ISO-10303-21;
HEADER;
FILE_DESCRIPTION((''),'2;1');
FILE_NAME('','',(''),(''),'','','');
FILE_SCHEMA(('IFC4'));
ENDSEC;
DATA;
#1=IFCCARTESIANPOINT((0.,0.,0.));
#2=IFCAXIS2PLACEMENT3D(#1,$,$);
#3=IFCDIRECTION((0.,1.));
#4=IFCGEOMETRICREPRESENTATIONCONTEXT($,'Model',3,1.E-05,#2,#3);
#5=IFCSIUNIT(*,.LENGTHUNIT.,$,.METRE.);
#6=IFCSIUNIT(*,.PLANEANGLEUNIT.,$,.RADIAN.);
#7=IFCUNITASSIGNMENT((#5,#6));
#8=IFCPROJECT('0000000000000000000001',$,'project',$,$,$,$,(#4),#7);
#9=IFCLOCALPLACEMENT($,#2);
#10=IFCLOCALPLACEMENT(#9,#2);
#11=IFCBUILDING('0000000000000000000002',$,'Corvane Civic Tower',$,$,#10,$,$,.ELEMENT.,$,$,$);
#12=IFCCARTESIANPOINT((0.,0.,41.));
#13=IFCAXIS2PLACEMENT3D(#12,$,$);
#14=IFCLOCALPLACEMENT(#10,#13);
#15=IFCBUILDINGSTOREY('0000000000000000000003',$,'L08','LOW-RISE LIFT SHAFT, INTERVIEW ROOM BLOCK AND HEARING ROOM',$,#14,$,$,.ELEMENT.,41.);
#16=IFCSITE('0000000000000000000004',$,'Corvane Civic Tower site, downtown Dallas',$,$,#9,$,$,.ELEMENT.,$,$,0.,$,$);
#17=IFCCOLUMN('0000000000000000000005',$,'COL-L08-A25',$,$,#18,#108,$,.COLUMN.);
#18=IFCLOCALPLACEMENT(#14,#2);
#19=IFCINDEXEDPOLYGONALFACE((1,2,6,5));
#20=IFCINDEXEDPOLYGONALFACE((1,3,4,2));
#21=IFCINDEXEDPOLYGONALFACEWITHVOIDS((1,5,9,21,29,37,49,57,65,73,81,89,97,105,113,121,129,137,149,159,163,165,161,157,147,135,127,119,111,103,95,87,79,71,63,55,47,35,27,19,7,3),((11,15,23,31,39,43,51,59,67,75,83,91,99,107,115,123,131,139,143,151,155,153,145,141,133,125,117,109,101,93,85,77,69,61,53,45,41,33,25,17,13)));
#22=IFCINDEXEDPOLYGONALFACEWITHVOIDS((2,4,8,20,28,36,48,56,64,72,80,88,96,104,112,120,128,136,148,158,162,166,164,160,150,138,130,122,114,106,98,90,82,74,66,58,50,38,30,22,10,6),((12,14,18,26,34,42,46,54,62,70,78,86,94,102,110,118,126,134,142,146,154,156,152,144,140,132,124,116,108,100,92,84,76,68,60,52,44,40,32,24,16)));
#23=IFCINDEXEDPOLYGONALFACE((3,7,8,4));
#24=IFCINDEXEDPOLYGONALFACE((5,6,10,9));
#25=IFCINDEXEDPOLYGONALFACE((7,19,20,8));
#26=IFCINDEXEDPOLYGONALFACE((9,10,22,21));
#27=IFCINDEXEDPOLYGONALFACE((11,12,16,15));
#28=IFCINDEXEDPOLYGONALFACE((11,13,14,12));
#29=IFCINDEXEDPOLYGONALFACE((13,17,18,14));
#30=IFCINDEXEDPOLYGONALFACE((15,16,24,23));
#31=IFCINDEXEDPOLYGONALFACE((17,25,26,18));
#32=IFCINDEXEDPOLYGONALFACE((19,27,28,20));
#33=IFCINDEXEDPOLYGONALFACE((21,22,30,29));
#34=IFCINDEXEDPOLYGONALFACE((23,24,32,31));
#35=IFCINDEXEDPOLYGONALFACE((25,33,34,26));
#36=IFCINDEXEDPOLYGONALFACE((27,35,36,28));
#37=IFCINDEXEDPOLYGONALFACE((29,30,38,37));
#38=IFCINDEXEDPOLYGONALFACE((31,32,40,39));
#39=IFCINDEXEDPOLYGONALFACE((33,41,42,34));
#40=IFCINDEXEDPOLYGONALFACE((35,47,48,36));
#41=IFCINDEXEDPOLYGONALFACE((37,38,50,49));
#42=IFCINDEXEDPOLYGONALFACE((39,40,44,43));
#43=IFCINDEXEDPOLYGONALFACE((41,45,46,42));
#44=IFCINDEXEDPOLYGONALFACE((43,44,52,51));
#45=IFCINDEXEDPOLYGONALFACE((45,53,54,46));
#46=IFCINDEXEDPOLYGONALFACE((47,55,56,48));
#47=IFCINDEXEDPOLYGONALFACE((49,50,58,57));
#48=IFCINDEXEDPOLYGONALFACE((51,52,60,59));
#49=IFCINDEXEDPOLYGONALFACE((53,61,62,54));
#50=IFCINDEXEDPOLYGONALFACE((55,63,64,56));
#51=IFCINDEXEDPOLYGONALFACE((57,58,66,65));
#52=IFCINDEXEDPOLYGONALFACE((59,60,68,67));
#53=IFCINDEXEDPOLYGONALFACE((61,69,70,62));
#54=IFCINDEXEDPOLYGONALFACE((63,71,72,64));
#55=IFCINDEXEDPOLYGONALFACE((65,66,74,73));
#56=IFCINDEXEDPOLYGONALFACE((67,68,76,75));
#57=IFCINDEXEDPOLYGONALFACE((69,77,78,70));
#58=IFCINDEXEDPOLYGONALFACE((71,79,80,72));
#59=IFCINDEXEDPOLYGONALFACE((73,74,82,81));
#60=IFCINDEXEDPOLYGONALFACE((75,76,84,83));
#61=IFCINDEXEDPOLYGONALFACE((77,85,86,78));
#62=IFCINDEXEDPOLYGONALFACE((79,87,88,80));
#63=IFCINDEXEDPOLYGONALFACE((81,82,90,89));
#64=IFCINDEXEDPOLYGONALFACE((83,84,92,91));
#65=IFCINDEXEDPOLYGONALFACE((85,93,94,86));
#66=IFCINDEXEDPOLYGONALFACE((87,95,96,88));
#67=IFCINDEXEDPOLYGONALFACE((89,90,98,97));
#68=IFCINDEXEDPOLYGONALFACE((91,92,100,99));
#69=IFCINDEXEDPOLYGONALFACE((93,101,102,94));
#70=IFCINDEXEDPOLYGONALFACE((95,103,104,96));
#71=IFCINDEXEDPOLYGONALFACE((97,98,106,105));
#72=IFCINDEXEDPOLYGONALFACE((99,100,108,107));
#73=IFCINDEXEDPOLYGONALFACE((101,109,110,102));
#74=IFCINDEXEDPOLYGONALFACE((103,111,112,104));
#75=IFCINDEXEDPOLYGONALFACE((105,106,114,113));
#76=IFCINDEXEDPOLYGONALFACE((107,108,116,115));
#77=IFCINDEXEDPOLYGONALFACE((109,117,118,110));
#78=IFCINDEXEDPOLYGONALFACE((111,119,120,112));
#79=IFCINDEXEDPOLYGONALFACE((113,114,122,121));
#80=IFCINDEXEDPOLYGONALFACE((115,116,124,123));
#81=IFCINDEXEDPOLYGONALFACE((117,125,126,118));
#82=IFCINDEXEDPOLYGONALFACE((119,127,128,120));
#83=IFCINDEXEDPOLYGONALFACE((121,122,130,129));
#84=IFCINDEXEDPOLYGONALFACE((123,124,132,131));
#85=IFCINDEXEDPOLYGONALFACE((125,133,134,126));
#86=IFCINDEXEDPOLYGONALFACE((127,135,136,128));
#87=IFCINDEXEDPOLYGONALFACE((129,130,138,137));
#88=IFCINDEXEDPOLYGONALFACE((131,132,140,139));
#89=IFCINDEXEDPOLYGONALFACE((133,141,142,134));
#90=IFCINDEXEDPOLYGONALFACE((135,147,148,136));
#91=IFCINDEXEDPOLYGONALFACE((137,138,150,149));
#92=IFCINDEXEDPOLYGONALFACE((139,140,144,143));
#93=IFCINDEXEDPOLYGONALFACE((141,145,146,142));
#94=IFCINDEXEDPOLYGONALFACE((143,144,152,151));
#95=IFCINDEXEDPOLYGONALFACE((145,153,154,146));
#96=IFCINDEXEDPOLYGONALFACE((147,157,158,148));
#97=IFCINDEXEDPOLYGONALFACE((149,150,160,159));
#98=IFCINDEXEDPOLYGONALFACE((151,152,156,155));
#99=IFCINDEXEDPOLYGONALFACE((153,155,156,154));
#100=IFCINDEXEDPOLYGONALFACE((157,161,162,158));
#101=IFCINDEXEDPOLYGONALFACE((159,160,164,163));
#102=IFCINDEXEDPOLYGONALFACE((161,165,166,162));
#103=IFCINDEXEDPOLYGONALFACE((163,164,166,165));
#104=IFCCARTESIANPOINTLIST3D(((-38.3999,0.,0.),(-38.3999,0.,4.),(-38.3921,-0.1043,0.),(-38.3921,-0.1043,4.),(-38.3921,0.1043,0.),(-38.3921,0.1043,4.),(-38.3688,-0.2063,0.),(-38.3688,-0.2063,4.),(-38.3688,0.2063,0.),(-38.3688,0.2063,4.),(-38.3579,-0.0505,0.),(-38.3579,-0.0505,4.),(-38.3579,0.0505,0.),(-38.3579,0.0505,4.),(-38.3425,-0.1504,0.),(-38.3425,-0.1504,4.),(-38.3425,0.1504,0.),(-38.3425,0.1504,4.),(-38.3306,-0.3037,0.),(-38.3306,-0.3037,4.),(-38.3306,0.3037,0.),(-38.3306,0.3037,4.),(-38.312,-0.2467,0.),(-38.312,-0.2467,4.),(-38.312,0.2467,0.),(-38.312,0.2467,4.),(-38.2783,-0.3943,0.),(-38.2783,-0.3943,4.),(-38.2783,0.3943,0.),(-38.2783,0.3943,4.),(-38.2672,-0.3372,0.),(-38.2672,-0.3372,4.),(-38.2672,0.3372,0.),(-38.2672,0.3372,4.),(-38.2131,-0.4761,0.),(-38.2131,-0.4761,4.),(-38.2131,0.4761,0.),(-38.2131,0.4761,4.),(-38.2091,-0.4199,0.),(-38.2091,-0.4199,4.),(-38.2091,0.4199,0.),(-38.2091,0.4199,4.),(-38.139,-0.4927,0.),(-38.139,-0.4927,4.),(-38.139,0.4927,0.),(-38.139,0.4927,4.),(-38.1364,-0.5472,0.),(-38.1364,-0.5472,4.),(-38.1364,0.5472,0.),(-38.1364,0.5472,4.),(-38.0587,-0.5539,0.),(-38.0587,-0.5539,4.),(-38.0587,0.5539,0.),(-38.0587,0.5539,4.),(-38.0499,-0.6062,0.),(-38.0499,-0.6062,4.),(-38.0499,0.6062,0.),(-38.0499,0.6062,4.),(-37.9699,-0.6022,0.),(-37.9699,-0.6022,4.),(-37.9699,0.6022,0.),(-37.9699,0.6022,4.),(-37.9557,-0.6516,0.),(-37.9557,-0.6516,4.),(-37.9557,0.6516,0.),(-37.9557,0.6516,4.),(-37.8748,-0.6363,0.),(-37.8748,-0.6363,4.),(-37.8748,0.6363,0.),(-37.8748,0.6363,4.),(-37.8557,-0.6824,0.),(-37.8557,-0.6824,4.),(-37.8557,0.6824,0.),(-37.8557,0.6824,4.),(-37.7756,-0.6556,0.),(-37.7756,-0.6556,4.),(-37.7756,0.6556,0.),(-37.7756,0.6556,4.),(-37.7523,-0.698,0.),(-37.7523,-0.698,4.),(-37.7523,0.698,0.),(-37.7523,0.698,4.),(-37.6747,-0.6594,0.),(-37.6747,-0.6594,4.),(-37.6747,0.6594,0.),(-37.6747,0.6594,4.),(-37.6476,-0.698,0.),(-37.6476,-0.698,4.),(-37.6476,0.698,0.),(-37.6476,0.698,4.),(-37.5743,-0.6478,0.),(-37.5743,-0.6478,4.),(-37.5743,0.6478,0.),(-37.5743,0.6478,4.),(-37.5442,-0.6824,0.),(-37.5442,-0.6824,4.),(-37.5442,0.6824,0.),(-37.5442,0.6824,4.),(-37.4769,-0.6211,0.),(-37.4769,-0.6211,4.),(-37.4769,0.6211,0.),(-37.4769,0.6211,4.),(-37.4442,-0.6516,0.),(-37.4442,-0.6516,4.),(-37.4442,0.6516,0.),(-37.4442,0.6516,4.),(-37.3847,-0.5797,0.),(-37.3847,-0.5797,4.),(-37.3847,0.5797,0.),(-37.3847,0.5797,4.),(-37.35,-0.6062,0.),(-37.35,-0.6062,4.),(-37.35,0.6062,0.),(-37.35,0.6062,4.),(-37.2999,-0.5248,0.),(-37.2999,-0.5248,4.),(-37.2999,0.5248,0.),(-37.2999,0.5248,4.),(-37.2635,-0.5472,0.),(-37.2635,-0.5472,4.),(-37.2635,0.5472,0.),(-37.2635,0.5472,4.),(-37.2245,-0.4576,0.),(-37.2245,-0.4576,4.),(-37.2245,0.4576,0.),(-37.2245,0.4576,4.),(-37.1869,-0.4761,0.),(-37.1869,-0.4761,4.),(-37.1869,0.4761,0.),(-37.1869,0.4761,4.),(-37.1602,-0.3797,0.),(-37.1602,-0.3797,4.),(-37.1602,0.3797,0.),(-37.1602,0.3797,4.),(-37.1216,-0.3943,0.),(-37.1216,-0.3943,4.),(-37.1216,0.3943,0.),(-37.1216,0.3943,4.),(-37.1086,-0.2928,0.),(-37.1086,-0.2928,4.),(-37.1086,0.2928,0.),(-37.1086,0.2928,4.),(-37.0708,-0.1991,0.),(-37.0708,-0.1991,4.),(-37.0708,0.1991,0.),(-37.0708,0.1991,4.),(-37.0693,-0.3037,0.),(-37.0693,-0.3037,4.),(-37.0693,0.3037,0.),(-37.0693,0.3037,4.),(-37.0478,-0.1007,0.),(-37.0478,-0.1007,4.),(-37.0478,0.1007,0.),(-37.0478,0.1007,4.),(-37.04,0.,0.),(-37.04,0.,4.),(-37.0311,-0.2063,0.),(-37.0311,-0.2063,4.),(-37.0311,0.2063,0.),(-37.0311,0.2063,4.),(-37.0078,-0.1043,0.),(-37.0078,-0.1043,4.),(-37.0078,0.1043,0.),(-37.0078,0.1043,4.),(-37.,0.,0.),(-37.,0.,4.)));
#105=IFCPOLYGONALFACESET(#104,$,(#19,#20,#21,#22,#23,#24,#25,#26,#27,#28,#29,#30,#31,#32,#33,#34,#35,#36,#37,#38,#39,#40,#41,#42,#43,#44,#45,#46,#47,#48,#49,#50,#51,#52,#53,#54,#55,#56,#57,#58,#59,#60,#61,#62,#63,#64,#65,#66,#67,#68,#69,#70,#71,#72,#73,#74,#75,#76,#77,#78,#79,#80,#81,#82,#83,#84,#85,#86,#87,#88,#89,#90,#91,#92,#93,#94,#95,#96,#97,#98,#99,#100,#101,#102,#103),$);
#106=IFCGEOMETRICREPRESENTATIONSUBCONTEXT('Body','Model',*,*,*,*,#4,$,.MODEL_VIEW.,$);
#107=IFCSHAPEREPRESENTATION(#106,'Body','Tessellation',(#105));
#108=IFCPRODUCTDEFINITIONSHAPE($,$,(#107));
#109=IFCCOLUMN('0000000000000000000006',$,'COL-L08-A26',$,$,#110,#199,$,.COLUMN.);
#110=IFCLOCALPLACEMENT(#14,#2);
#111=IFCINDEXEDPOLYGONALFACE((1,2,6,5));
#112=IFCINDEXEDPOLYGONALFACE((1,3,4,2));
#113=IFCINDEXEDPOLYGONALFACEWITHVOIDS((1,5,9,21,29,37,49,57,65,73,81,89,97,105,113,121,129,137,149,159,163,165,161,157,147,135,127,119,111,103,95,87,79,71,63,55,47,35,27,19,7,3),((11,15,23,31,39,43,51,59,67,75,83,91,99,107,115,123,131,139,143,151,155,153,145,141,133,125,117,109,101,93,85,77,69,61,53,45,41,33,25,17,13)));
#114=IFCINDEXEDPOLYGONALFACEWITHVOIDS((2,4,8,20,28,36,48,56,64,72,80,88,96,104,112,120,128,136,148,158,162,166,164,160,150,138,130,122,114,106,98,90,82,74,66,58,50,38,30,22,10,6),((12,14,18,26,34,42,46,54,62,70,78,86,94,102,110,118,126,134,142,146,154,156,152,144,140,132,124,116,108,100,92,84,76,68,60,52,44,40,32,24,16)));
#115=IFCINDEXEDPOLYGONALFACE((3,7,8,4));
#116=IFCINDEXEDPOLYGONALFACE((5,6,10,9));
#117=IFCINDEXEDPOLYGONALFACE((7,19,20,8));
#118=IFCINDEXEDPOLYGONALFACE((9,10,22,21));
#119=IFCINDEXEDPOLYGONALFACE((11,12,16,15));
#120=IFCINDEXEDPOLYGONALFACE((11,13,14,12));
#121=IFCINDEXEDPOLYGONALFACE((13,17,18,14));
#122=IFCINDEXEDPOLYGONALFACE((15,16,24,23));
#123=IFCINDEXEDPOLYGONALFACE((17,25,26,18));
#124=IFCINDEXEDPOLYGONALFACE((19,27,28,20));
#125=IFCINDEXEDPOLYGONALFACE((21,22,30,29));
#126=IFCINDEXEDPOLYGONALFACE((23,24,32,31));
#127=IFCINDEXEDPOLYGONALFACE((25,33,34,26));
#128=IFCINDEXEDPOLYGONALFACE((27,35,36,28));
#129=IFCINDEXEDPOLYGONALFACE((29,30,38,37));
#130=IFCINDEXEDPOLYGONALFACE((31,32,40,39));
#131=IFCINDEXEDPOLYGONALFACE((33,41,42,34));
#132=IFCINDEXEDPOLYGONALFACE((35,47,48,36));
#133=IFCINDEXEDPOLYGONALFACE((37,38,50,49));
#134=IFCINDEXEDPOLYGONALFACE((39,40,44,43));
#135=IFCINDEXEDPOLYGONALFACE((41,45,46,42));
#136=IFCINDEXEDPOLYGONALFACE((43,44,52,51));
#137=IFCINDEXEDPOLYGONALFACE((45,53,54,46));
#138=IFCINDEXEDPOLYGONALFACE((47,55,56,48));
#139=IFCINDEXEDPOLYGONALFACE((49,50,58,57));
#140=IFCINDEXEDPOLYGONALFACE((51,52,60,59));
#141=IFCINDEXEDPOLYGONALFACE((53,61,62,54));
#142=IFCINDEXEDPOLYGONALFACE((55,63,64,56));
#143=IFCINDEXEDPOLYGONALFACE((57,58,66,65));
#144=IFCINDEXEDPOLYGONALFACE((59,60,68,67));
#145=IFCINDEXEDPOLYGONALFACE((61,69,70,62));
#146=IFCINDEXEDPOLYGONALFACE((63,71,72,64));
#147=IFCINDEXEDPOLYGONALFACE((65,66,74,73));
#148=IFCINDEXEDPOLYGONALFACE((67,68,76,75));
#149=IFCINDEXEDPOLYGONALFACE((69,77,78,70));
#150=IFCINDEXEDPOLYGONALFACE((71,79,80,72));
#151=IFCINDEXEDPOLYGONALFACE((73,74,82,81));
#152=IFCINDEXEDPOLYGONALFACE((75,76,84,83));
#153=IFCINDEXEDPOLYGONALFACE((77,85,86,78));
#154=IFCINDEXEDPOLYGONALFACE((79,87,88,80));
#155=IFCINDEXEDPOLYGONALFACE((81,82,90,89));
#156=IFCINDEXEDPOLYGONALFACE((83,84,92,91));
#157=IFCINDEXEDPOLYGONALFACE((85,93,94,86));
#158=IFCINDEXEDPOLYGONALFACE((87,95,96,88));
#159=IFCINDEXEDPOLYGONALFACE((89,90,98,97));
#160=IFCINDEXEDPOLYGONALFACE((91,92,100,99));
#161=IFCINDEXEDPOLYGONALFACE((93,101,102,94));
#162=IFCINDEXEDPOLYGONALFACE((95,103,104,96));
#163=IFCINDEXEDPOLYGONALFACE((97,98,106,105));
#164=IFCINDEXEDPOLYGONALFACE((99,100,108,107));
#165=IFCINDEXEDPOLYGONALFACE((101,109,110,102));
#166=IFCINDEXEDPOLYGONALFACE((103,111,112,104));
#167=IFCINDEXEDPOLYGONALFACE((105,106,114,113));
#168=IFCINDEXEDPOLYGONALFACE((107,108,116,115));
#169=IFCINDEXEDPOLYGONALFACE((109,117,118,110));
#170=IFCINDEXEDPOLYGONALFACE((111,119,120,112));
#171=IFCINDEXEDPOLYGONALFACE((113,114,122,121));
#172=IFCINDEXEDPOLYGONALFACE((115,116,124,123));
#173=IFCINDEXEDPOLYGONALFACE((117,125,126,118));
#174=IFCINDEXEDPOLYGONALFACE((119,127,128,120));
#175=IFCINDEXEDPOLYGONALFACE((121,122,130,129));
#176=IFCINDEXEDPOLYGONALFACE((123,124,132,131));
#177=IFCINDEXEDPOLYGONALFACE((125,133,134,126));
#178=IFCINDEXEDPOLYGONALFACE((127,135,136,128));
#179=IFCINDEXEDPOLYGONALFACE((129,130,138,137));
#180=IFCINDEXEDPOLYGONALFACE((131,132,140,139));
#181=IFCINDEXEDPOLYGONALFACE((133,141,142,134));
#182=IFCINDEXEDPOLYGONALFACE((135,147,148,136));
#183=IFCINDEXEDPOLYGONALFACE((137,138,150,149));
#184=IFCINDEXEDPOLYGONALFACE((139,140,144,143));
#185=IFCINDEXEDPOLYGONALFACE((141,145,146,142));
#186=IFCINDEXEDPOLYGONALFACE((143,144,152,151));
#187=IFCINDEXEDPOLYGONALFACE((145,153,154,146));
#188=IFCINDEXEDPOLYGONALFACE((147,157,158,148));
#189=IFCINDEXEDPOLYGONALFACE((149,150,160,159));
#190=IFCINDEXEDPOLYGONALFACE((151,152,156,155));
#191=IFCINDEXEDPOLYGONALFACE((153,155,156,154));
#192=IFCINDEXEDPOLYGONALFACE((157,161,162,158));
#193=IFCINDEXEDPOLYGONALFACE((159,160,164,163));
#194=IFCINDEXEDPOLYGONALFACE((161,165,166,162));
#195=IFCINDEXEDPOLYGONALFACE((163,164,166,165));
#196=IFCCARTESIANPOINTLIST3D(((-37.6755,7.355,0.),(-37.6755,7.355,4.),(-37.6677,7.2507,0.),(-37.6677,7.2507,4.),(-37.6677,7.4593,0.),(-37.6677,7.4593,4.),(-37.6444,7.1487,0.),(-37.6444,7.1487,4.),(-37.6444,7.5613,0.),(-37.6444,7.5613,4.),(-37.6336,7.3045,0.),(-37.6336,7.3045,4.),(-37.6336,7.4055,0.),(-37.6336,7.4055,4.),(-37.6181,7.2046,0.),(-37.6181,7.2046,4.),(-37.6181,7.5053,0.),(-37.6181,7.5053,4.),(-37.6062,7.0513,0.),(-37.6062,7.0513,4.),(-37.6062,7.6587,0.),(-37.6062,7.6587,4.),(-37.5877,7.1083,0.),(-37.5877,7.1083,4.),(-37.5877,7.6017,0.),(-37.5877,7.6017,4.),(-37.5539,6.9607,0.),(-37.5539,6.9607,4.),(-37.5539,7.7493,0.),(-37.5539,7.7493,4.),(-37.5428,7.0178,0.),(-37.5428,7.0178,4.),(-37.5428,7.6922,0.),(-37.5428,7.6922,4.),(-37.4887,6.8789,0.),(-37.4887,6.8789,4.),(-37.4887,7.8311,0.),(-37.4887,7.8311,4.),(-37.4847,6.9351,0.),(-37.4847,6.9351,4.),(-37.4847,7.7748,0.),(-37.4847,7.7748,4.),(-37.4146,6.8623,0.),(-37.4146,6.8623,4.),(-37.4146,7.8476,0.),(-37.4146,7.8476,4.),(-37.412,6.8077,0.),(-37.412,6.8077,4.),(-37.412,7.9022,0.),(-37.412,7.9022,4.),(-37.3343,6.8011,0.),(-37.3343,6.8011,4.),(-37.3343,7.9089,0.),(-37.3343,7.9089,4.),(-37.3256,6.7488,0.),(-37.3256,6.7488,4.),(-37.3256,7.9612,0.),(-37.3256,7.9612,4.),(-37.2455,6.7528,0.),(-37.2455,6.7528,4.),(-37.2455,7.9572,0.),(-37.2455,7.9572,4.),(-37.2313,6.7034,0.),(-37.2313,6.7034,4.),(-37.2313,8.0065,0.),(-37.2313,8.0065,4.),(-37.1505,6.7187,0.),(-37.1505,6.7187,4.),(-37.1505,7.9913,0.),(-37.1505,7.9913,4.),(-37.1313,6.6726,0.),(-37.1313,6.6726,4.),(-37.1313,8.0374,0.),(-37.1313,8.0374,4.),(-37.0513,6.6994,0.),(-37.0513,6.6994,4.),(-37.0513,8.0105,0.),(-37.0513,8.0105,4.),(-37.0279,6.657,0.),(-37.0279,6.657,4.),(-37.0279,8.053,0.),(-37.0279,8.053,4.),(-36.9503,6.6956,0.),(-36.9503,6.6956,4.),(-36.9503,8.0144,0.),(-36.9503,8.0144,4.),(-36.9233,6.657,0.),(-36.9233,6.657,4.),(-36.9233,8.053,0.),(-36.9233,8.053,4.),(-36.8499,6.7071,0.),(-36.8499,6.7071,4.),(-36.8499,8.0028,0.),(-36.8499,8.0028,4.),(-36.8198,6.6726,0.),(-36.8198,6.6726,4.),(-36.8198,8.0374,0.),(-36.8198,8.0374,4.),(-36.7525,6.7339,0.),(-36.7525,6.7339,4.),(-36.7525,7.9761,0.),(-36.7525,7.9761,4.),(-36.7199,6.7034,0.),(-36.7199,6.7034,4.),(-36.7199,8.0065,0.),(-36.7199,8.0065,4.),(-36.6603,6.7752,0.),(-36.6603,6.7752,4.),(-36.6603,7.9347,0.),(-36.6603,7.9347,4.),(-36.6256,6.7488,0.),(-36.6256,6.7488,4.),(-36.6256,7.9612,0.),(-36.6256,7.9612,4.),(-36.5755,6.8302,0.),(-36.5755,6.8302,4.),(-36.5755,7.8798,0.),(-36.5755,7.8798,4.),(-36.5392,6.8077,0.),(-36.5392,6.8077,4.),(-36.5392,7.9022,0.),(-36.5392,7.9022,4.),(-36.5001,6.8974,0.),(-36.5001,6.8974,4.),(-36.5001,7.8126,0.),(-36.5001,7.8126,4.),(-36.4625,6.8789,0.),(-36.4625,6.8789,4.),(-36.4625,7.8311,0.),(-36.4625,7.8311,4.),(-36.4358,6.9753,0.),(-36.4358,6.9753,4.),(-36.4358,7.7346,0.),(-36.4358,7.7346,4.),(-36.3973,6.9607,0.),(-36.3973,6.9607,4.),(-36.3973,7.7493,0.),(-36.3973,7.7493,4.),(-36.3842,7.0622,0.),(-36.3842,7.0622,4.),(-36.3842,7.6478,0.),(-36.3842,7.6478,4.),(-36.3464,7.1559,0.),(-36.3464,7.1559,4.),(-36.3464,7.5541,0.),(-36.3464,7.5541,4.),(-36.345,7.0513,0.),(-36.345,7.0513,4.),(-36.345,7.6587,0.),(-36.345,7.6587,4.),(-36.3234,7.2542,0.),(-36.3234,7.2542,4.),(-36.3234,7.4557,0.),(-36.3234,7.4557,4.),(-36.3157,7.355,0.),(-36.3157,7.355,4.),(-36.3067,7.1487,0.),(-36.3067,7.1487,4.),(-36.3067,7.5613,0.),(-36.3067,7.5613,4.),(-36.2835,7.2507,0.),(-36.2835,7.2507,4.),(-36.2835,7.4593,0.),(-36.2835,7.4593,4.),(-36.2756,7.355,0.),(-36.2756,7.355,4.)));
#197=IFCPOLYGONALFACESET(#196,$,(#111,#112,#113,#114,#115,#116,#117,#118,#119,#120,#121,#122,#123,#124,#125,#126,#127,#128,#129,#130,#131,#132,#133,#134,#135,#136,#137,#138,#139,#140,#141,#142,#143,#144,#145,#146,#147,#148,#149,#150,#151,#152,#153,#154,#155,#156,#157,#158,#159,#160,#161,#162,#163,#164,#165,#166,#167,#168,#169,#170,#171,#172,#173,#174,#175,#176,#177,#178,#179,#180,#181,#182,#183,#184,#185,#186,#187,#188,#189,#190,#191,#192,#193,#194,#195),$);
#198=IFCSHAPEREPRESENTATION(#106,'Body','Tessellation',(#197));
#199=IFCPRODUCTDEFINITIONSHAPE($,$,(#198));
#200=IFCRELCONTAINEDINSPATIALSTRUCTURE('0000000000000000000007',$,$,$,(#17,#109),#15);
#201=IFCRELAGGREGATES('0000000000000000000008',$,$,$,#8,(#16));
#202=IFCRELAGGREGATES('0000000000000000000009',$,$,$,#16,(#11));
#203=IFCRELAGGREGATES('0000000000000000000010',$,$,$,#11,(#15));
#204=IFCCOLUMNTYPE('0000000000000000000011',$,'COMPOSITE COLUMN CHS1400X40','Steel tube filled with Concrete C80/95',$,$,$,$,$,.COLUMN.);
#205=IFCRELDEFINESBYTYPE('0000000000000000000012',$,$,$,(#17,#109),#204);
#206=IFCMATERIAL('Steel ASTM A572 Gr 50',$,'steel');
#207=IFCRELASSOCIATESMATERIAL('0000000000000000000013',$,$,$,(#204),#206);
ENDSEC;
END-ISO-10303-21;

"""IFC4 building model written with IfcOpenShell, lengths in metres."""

from ifc_helpers import new_model, si_unit, direction, frame, origin, origin_2d, place, context, subcontext, project, spatial, hollow_circle, extrude, material, material_profile, profile_set, type_object, element, save


model = new_model("IFC4")

# Units and contexts
model_context = context("Model", 3, precision=1e-05, world=origin(), true_north=direction((0.0, 1.0)))
body_context = subcontext(model_context, "Body", "Model", "MODEL_VIEW")
ifc_project = project(units=[si_unit("LENGTHUNIT", "METRE"), si_unit("PLANEANGLEUNIT", "RADIAN")], contexts=[model_context])

# Site, building, storey
site_placement = place(None, origin())
site = spatial("IfcSite", under=ifc_project, at=site_placement, Name="Corvane Civic Tower site, downtown Dallas", CompositionType="ELEMENT", RefElevation=0.0)
building_placement = place(site_placement, origin())
building = spatial("IfcBuilding", under=site, at=building_placement, Name="Corvane Civic Tower", CompositionType="ELEMENT")
storey_placement = place(building_placement, frame((0.0, 0.0, 41.0)))
storey = spatial("IfcBuildingStorey", under=building, at=storey_placement, Name="L08", Description="LOW-RISE LIFT SHAFT, INTERVIEW ROOM BLOCK AND HEARING ROOM", CompositionType="ELEMENT", Elevation=41.0)

# Columns
ifc_material_1 = material(Name="Steel ASTM A572 Gr 50", Category="steel")
ifc_material_profile_1 = material_profile(ifc_material_1, hollow_circle(Radius=0.7, WallThickness=0.04, at=origin_2d()), Name="CHS1400X40")
ifc_profile_set_1 = profile_set([ifc_material_profile_1], Name="Steel ASTM A572 Gr 50")
column_type = type_object("IfcColumnType", Name="COMPOSITE COLUMN CHS1400X40", Description="Steel tube filled with Concrete C80/95", PredefinedType="COLUMN", material=ifc_profile_set_1)
for number, where, z_axis, x_axis, name in (
    (1, (-37.7, 0.0, 0.0), (0.0, 0.0, 1.0), (1.0, 0.0, 0.0), "COL-L08-A25"),
    (2, (-36.9756, 7.355, 0.0), (0.0, 0.0, 1.0), (1.0, 0.0, 0.0), "COL-L08-A26"),
):
    element("IfcColumn", number, at=place(storey_placement, frame(where, z_axis=z_axis, x_axis=x_axis)), inside=storey, type_object=column_type, Name=name, PredefinedType="COLUMN", context=body_context, shape_type="SweptSolid", body=[
        extrude(hollow_circle(Radius=0.7, WallThickness=0.04, at=origin_2d()), origin(), (0.0, 0.0, 1.0), 4.0),
    ])

save(model, "model.ifc")
